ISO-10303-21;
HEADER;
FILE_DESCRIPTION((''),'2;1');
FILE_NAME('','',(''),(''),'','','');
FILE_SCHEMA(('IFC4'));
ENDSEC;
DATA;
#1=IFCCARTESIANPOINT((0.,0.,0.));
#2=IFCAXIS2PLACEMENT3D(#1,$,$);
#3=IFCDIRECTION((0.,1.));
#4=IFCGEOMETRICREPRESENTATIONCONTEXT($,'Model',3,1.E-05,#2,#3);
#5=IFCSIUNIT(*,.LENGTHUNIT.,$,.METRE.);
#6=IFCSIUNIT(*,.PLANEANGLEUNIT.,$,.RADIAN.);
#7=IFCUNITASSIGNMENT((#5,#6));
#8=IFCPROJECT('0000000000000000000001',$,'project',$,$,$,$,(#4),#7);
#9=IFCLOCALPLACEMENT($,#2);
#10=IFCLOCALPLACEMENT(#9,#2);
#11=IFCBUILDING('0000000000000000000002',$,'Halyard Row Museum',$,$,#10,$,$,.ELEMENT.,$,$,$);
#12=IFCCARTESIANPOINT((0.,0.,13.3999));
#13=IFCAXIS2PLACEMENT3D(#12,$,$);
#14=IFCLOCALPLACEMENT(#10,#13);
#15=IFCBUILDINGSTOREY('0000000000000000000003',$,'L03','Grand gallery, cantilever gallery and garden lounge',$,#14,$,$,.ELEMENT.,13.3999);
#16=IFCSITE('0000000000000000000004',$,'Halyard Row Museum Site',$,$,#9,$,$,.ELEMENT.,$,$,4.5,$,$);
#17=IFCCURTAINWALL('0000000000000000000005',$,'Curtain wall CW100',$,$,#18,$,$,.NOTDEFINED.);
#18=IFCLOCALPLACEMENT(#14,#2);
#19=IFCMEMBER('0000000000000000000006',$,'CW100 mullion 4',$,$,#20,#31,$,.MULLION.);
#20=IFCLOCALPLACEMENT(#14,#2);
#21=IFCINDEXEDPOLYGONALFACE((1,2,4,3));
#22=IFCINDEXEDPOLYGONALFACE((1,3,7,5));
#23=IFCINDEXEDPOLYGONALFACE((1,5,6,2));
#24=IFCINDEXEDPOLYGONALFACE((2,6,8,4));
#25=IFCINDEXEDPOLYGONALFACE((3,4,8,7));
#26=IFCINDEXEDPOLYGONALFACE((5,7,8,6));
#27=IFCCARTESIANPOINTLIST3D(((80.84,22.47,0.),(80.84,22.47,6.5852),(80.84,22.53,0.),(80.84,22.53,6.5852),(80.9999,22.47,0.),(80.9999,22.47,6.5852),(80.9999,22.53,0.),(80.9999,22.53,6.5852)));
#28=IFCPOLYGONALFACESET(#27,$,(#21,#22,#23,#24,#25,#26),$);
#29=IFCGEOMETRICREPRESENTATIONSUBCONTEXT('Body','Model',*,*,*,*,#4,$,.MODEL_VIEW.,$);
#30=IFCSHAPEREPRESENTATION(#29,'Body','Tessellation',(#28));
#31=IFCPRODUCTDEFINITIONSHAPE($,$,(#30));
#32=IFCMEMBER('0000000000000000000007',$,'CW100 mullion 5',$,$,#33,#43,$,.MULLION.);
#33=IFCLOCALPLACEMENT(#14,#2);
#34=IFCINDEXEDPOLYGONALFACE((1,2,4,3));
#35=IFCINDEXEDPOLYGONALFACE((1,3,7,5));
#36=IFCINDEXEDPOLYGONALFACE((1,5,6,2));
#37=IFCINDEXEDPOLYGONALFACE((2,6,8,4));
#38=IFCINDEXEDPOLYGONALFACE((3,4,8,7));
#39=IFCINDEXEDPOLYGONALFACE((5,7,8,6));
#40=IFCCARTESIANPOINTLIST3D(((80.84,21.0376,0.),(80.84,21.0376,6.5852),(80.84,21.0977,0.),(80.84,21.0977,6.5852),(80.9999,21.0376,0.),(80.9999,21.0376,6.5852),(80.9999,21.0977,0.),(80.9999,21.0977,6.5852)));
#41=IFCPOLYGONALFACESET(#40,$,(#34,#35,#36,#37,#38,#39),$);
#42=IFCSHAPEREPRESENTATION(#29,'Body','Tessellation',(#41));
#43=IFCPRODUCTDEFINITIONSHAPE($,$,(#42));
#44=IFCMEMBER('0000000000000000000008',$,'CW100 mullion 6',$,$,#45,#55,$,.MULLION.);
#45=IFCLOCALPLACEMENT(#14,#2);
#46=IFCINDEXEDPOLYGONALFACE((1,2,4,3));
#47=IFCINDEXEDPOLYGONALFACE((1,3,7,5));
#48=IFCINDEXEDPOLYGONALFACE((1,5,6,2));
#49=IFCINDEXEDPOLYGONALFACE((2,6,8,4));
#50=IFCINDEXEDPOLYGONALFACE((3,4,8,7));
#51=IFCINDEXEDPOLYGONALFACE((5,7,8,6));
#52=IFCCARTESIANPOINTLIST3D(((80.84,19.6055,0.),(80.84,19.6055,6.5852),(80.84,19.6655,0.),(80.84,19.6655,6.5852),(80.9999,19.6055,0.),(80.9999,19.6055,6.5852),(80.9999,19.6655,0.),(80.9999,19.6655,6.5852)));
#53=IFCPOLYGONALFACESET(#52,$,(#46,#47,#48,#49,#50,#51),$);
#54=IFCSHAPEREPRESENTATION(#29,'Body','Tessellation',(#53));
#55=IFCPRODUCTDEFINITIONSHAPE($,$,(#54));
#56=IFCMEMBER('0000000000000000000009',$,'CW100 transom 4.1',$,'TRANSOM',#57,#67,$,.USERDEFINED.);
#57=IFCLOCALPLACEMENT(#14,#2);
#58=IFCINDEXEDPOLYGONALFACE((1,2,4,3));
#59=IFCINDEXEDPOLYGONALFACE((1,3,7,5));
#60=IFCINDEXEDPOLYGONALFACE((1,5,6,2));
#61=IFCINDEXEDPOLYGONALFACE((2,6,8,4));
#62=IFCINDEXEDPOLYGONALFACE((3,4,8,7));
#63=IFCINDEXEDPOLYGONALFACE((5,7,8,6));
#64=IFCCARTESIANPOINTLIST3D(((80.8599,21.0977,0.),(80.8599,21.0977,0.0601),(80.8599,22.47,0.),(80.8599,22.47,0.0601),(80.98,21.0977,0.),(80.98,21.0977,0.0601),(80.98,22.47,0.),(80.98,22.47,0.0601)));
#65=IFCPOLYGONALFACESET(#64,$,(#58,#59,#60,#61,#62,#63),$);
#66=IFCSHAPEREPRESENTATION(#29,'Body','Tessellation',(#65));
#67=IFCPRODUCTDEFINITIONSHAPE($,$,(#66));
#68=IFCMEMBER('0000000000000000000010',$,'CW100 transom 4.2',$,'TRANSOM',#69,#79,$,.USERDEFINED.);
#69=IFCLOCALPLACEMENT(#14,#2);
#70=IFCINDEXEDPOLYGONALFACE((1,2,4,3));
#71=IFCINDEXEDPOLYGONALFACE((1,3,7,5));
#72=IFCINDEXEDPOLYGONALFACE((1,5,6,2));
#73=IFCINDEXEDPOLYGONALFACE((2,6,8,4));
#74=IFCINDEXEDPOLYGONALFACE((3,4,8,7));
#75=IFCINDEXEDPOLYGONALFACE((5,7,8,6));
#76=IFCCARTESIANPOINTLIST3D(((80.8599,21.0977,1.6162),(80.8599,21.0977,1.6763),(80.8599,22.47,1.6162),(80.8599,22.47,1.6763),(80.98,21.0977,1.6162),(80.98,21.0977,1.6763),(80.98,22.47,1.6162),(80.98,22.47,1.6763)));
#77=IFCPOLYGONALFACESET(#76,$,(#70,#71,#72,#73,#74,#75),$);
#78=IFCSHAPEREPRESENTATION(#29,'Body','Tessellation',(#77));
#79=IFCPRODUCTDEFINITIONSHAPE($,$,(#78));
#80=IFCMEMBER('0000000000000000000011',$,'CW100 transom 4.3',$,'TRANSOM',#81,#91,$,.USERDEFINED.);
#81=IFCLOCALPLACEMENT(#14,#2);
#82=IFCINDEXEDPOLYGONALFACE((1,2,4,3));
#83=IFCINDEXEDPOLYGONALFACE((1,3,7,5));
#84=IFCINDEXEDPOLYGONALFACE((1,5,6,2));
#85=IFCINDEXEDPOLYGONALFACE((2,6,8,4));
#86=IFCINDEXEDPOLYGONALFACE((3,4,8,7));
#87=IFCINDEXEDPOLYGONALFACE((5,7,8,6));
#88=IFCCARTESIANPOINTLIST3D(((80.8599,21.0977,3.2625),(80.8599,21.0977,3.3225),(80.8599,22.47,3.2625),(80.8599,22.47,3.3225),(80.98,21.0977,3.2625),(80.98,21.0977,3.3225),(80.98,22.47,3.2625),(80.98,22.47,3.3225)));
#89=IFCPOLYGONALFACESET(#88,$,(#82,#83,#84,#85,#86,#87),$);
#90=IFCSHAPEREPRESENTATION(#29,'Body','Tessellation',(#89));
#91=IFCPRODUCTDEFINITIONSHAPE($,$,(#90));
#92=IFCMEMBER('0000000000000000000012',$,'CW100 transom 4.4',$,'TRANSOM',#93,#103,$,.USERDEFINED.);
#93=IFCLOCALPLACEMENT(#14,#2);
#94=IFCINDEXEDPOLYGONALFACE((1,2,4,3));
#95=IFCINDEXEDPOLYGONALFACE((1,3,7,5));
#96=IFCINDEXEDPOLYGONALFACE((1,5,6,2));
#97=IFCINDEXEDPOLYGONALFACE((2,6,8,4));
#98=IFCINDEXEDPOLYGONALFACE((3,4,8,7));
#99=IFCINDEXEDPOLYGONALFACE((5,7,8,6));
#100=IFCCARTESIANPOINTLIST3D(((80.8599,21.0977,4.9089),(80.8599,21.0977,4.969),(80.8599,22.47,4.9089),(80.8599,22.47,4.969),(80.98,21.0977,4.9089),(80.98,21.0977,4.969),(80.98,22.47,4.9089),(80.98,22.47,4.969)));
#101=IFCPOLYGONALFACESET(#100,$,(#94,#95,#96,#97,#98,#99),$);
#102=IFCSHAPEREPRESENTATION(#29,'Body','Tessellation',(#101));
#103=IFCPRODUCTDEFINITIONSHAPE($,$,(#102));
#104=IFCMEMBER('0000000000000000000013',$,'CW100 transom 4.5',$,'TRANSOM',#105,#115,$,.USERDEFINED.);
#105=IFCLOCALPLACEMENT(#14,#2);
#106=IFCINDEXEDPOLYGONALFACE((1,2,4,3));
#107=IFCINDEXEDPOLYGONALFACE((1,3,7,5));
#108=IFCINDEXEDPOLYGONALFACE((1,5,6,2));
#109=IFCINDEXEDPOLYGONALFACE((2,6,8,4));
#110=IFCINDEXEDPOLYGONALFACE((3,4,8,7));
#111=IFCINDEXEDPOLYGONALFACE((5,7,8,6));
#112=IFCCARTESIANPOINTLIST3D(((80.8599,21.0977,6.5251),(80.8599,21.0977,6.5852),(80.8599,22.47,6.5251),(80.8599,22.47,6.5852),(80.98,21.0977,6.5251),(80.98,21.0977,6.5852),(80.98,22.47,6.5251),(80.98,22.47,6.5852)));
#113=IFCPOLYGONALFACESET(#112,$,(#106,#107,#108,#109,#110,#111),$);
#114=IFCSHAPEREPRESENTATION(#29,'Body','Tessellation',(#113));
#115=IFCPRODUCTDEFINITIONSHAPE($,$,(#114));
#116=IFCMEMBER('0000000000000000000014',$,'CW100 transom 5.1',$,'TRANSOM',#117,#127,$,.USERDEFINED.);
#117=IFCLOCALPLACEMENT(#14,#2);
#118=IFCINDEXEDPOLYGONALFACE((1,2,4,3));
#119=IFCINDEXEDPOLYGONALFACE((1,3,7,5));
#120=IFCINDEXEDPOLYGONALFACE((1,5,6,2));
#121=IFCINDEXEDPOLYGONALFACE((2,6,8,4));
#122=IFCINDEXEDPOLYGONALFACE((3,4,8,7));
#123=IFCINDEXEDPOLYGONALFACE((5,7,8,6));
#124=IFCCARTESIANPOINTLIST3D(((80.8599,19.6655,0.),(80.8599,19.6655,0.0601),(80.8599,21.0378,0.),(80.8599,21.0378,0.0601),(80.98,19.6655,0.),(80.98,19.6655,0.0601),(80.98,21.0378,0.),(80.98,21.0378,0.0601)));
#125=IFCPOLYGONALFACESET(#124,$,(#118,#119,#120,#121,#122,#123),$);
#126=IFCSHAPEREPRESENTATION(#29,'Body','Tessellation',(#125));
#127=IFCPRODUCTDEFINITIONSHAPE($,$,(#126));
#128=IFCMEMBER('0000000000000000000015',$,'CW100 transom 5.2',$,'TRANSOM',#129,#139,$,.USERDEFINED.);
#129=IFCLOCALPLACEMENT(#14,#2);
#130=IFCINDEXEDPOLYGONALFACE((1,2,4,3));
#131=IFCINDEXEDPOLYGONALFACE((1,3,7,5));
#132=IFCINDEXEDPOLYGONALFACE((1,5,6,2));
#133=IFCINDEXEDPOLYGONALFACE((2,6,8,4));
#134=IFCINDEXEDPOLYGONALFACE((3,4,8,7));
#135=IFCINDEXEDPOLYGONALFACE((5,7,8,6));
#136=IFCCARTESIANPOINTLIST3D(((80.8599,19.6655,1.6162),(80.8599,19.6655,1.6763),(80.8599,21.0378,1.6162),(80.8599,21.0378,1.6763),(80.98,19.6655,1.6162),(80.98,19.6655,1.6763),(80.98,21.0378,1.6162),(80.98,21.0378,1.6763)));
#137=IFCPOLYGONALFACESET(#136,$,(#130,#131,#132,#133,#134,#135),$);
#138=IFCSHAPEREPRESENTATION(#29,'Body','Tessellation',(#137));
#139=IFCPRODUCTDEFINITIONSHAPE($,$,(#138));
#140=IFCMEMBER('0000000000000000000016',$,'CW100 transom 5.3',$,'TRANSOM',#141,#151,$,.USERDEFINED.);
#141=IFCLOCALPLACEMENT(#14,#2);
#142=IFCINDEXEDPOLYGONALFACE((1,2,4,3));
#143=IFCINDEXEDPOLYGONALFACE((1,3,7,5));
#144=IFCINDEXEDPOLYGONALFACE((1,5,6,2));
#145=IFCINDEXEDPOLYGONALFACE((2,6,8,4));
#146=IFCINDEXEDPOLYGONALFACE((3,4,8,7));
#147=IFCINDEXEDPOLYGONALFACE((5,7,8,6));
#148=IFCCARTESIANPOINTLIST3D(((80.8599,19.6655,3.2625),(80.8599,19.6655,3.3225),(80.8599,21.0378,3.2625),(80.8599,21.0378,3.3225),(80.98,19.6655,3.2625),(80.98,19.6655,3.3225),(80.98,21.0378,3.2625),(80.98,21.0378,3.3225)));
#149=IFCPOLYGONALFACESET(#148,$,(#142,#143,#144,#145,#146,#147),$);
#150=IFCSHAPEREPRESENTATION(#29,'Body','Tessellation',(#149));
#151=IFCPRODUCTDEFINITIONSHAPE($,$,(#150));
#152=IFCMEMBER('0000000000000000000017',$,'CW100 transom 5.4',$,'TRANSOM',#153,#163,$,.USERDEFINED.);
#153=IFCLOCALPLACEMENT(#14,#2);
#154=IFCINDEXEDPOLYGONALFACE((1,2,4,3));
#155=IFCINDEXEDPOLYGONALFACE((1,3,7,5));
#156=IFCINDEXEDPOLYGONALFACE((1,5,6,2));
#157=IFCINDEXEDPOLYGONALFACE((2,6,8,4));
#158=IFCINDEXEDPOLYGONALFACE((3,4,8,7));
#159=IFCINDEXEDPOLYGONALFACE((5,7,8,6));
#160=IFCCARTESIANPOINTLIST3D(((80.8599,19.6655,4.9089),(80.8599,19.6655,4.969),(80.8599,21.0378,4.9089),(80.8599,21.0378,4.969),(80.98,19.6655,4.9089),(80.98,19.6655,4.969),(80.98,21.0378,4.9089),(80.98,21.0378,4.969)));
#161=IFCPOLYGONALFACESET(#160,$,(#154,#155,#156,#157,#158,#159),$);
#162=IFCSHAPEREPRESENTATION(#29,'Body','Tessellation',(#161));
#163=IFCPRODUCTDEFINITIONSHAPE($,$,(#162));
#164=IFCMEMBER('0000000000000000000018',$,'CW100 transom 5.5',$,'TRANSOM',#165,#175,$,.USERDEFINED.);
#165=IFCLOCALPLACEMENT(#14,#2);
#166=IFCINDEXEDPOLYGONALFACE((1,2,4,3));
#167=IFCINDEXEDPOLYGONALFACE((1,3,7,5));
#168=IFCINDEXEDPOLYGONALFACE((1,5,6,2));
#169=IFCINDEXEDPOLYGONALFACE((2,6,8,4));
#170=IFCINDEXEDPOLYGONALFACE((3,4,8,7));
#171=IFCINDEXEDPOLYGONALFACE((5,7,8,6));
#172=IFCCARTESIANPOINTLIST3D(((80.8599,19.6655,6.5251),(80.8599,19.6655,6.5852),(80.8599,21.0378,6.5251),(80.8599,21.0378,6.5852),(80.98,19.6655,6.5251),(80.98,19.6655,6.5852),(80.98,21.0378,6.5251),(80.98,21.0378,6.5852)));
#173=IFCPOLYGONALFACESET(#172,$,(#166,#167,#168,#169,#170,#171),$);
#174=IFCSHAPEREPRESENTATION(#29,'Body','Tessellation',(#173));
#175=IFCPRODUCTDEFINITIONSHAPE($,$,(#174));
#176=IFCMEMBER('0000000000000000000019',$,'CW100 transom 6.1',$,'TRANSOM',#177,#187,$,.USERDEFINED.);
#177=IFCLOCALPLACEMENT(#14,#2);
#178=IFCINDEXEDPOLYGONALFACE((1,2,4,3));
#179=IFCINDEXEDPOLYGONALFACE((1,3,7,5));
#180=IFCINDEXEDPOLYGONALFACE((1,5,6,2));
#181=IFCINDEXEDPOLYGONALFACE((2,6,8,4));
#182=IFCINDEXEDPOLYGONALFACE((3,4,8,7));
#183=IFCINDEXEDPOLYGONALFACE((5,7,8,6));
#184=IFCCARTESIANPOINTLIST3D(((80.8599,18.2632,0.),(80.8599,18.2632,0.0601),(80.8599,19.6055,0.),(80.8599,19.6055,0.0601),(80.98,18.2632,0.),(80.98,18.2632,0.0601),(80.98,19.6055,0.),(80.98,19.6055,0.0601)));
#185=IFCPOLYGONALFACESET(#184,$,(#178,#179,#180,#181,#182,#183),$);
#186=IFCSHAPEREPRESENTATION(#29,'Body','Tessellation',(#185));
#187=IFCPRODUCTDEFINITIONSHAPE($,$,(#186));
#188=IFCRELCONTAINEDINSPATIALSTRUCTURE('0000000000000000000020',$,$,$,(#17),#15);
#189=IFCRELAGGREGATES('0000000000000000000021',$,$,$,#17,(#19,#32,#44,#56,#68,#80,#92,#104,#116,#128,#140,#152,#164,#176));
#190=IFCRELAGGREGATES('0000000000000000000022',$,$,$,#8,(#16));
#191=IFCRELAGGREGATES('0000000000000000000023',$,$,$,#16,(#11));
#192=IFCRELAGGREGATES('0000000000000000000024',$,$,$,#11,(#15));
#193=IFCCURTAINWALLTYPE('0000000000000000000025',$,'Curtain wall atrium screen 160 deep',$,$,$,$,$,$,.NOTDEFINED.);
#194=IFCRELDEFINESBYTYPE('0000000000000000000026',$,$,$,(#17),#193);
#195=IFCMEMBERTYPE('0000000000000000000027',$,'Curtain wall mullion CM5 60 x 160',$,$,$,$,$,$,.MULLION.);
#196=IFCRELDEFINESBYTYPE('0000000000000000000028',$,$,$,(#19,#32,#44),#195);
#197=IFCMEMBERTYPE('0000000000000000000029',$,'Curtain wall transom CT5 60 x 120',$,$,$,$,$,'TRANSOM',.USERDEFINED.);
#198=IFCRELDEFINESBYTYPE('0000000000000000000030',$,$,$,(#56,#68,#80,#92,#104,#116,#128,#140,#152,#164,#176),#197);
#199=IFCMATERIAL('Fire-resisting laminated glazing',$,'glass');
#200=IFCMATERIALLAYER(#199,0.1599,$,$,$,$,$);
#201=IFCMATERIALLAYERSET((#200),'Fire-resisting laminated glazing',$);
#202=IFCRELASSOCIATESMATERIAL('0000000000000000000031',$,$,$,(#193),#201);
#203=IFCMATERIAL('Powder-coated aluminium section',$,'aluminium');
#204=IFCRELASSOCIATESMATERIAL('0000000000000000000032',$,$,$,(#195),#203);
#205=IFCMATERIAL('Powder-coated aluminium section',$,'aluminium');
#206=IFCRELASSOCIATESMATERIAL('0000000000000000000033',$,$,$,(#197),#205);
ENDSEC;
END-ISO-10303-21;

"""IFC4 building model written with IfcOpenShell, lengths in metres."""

from ifc_helpers import new_model, si_unit, direction, frame, origin, origin_2d, place, context, subcontext, project, spatial, rectangle, extrude, material, layer, layer_set, material_profile, profile_set, type_object, element, aggregate, save


model = new_model("IFC4")

# Units and contexts
model_context = context("Model", 3, precision=1e-05, world=origin(), true_north=direction((0.0, 1.0)))
body_context = subcontext(model_context, "Body", "Model", "MODEL_VIEW")
ifc_project = project(units=[si_unit("LENGTHUNIT", "METRE"), si_unit("PLANEANGLEUNIT", "RADIAN")], contexts=[model_context])

# Site, building, storey
site_placement = place(None, origin())
site = spatial("IfcSite", under=ifc_project, at=site_placement, Name="Halyard Row Museum Site", CompositionType="ELEMENT", RefElevation=4.5)
building_placement = place(site_placement, origin())
building = spatial("IfcBuilding", under=site, at=building_placement, Name="Halyard Row Museum", CompositionType="ELEMENT")
storey_placement = place(building_placement, frame((0.0, 0.0, 13.3999)))
storey = spatial("IfcBuildingStorey", under=building, at=storey_placement, Name="L03", Description="Grand gallery, cantilever gallery and garden lounge", CompositionType="ELEMENT", Elevation=13.3999)

# Curtain wall, members
ifc_material_1 = material(Name="Fire-resisting laminated glazing", Category="glass")
ifc_layer_1 = layer(ifc_material_1, 0.1599)
ifc_layer_set_1 = layer_set([ifc_layer_1], Name="Fire-resisting laminated glazing")
curtain_wall_type = type_object("IfcCurtainWallType", Name="Curtain wall atrium screen 160 deep", PredefinedType="NOTDEFINED", material=ifc_layer_set_1)
curtain_wall_placement = place(storey_placement, origin())
curtain_wall = element("IfcCurtainWall", 1, at=curtain_wall_placement, inside=storey, type_object=curtain_wall_type, Name="Curtain wall CW100", PredefinedType="NOTDEFINED")
ifc_material_2 = material(Name="Powder-coated aluminium section", Category="aluminium")
ifc_material_profile_1 = material_profile(ifc_material_2, rectangle(XDim=0.1599, YDim=0.0601, at=origin_2d()), Name="160x60 mullion")
ifc_profile_set_1 = profile_set([ifc_material_profile_1], Name="Powder-coated aluminium section")
member_type_1 = type_object("IfcMemberType", Name="Curtain wall mullion CM5 60 x 160", PredefinedType="MULLION", material=ifc_profile_set_1)
member_1_placement = place(storey_placement, frame((80.9199, 22.5, 0.0), z_axis=(0.0, 0.0, 1.0), x_axis=(1.0, 0.0, 0.0)))
member_1 = element("IfcMember", 2, at=member_1_placement, type_object=member_type_1, Name="CW100 mullion 4", PredefinedType="MULLION", context=body_context, shape_type="SweptSolid", body=[
    extrude(rectangle(XDim=0.1599, YDim=0.0601, at=origin_2d()), origin(), (0.0, 0.0, 1.0), 6.5852),
])
member_2_placement = place(storey_placement, frame((80.9199, 21.0676, 0.0), z_axis=(0.0, 0.0, 1.0), x_axis=(1.0, 0.0, 0.0)))
member_2 = element("IfcMember", 3, at=member_2_placement, type_object=member_type_1, Name="CW100 mullion 5", PredefinedType="MULLION", context=body_context, shape_type="SweptSolid", body=[
    extrude(rectangle(XDim=0.1599, YDim=0.0601, at=origin_2d()), origin(), (0.0, 0.0, 1.0), 6.5852),
])
member_3_placement = place(storey_placement, frame((80.9199, 19.6355, 0.0), z_axis=(0.0, 0.0, 1.0), x_axis=(1.0, 0.0, 0.0)))
member_3 = element("IfcMember", 4, at=member_3_placement, type_object=member_type_1, Name="CW100 mullion 6", PredefinedType="MULLION", context=body_context, shape_type="SweptSolid", body=[
    extrude(rectangle(XDim=0.1599, YDim=0.0601, at=origin_2d()), origin(), (0.0, 0.0, 1.0), 6.5852),
])
ifc_material_3 = material(Name="Powder-coated aluminium section", Category="aluminium")
ifc_material_profile_2 = material_profile(ifc_material_3, rectangle(XDim=0.1201, YDim=0.0601, at=origin_2d()), Name="120x60 transom")
ifc_profile_set_2 = profile_set([ifc_material_profile_2], Name="Powder-coated aluminium section")
member_type_2 = type_object("IfcMemberType", Name="Curtain wall transom CT5 60 x 120", ElementType="TRANSOM", PredefinedType="USERDEFINED", material=ifc_profile_set_2)
member_4_placement = place(storey_placement, frame((80.9199, 22.47, 0.03), z_axis=(0.0, -1.0, 0.0), x_axis=(1.0, 0.0, 0.0)))
member_4 = element("IfcMember", 5, at=member_4_placement, type_object=member_type_2, Name="CW100 transom 4.1", ObjectType="TRANSOM", PredefinedType="USERDEFINED", context=body_context, shape_type="SweptSolid", body=[
    extrude(rectangle(XDim=0.1201, YDim=0.0601, at=origin_2d()), origin(), (0.0, 0.0, 1.0), 1.3723),
])
member_5_placement = place(storey_placement, frame((80.9199, 22.47, 1.6462), z_axis=(0.0, -1.0, 0.0), x_axis=(1.0, 0.0, 0.0)))
member_5 = element("IfcMember", 6, at=member_5_placement, type_object=member_type_2, Name="CW100 transom 4.2", ObjectType="TRANSOM", PredefinedType="USERDEFINED", context=body_context, shape_type="SweptSolid", body=[
    extrude(rectangle(XDim=0.1201, YDim=0.0601, at=origin_2d()), origin(), (0.0, 0.0, 1.0), 1.3723),
])
member_6_placement = place(storey_placement, frame((80.9199, 22.47, 3.2925), z_axis=(0.0, -1.0, 0.0), x_axis=(1.0, 0.0, 0.0)))
member_6 = element("IfcMember", 7, at=member_6_placement, type_object=member_type_2, Name="CW100 transom 4.3", ObjectType="TRANSOM", PredefinedType="USERDEFINED", context=body_context, shape_type="SweptSolid", body=[
    extrude(rectangle(XDim=0.1201, YDim=0.0601, at=origin_2d()), origin(), (0.0, 0.0, 1.0), 1.3723),
])
member_7_placement = place(storey_placement, frame((80.9199, 22.47, 4.939), z_axis=(0.0, -1.0, 0.0), x_axis=(1.0, 0.0, 0.0)))
member_7 = element("IfcMember", 8, at=member_7_placement, type_object=member_type_2, Name="CW100 transom 4.4", ObjectType="TRANSOM", PredefinedType="USERDEFINED", context=body_context, shape_type="SweptSolid", body=[
    extrude(rectangle(XDim=0.1201, YDim=0.0601, at=origin_2d()), origin(), (0.0, 0.0, 1.0), 1.3723),
])
member_8_placement = place(storey_placement, frame((80.9199, 22.47, 6.5552), z_axis=(0.0, -1.0, 0.0), x_axis=(1.0, 0.0, 0.0)))
member_8 = element("IfcMember", 9, at=member_8_placement, type_object=member_type_2, Name="CW100 transom 4.5", ObjectType="TRANSOM", PredefinedType="USERDEFINED", context=body_context, shape_type="SweptSolid", body=[
    extrude(rectangle(XDim=0.1201, YDim=0.0601, at=origin_2d()), origin(), (0.0, 0.0, 1.0), 1.3723),
])
member_9_placement = place(storey_placement, frame((80.9199, 21.0378, 0.03), z_axis=(0.0, -1.0, 0.0), x_axis=(1.0, 0.0, 0.0)))
member_9 = element("IfcMember", 10, at=member_9_placement, type_object=member_type_2, Name="CW100 transom 5.1", ObjectType="TRANSOM", PredefinedType="USERDEFINED", context=body_context, shape_type="SweptSolid", body=[
    extrude(rectangle(XDim=0.1201, YDim=0.0601, at=origin_2d()), origin(), (0.0, 0.0, 1.0), 1.3723),
])
member_10_placement = place(storey_placement, frame((80.9199, 21.0378, 1.6462), z_axis=(0.0, -1.0, 0.0), x_axis=(1.0, 0.0, 0.0)))
member_10 = element("IfcMember", 11, at=member_10_placement, type_object=member_type_2, Name="CW100 transom 5.2", ObjectType="TRANSOM", PredefinedType="USERDEFINED", context=body_context, shape_type="SweptSolid", body=[
    extrude(rectangle(XDim=0.1201, YDim=0.0601, at=origin_2d()), origin(), (0.0, 0.0, 1.0), 1.3723),
])
member_11_placement = place(storey_placement, frame((80.9199, 21.0378, 3.2925), z_axis=(0.0, -1.0, 0.0), x_axis=(1.0, 0.0, 0.0)))
member_11 = element("IfcMember", 12, at=member_11_placement, type_object=member_type_2, Name="CW100 transom 5.3", ObjectType="TRANSOM", PredefinedType="USERDEFINED", context=body_context, shape_type="SweptSolid", body=[
    extrude(rectangle(XDim=0.1201, YDim=0.0601, at=origin_2d()), origin(), (0.0, 0.0, 1.0), 1.3723),
])
member_12_placement = place(storey_placement, frame((80.9199, 21.0378, 4.939), z_axis=(0.0, -1.0, 0.0), x_axis=(1.0, 0.0, 0.0)))
member_12 = element("IfcMember", 13, at=member_12_placement, type_object=member_type_2, Name="CW100 transom 5.4", ObjectType="TRANSOM", PredefinedType="USERDEFINED", context=body_context, shape_type="SweptSolid", body=[
    extrude(rectangle(XDim=0.1201, YDim=0.0601, at=origin_2d()), origin(), (0.0, 0.0, 1.0), 1.3723),
])
member_13_placement = place(storey_placement, frame((80.9199, 21.0378, 6.5552), z_axis=(0.0, -1.0, 0.0), x_axis=(1.0, 0.0, 0.0)))
member_13 = element("IfcMember", 14, at=member_13_placement, type_object=member_type_2, Name="CW100 transom 5.5", ObjectType="TRANSOM", PredefinedType="USERDEFINED", context=body_context, shape_type="SweptSolid", body=[
    extrude(rectangle(XDim=0.1201, YDim=0.0601, at=origin_2d()), origin(), (0.0, 0.0, 1.0), 1.3723),
])
member_14_placement = place(storey_placement, frame((80.9199, 19.6055, 0.03), z_axis=(0.0, -1.0, 0.0), x_axis=(1.0, 0.0, 0.0)))
member_14 = element("IfcMember", 15, at=member_14_placement, type_object=member_type_2, Name="CW100 transom 6.1", ObjectType="TRANSOM", PredefinedType="USERDEFINED", context=body_context, shape_type="SweptSolid", body=[
    extrude(rectangle(XDim=0.1201, YDim=0.0601, at=origin_2d()), origin(), (0.0, 0.0, 1.0), 1.3423),
])

aggregate(curtain_wall, [member_1, member_2, member_3, member_4, member_5, member_6, member_7, member_8, member_9, member_10, member_11, member_12, member_13, member_14])

save(model, "model.ifc")
